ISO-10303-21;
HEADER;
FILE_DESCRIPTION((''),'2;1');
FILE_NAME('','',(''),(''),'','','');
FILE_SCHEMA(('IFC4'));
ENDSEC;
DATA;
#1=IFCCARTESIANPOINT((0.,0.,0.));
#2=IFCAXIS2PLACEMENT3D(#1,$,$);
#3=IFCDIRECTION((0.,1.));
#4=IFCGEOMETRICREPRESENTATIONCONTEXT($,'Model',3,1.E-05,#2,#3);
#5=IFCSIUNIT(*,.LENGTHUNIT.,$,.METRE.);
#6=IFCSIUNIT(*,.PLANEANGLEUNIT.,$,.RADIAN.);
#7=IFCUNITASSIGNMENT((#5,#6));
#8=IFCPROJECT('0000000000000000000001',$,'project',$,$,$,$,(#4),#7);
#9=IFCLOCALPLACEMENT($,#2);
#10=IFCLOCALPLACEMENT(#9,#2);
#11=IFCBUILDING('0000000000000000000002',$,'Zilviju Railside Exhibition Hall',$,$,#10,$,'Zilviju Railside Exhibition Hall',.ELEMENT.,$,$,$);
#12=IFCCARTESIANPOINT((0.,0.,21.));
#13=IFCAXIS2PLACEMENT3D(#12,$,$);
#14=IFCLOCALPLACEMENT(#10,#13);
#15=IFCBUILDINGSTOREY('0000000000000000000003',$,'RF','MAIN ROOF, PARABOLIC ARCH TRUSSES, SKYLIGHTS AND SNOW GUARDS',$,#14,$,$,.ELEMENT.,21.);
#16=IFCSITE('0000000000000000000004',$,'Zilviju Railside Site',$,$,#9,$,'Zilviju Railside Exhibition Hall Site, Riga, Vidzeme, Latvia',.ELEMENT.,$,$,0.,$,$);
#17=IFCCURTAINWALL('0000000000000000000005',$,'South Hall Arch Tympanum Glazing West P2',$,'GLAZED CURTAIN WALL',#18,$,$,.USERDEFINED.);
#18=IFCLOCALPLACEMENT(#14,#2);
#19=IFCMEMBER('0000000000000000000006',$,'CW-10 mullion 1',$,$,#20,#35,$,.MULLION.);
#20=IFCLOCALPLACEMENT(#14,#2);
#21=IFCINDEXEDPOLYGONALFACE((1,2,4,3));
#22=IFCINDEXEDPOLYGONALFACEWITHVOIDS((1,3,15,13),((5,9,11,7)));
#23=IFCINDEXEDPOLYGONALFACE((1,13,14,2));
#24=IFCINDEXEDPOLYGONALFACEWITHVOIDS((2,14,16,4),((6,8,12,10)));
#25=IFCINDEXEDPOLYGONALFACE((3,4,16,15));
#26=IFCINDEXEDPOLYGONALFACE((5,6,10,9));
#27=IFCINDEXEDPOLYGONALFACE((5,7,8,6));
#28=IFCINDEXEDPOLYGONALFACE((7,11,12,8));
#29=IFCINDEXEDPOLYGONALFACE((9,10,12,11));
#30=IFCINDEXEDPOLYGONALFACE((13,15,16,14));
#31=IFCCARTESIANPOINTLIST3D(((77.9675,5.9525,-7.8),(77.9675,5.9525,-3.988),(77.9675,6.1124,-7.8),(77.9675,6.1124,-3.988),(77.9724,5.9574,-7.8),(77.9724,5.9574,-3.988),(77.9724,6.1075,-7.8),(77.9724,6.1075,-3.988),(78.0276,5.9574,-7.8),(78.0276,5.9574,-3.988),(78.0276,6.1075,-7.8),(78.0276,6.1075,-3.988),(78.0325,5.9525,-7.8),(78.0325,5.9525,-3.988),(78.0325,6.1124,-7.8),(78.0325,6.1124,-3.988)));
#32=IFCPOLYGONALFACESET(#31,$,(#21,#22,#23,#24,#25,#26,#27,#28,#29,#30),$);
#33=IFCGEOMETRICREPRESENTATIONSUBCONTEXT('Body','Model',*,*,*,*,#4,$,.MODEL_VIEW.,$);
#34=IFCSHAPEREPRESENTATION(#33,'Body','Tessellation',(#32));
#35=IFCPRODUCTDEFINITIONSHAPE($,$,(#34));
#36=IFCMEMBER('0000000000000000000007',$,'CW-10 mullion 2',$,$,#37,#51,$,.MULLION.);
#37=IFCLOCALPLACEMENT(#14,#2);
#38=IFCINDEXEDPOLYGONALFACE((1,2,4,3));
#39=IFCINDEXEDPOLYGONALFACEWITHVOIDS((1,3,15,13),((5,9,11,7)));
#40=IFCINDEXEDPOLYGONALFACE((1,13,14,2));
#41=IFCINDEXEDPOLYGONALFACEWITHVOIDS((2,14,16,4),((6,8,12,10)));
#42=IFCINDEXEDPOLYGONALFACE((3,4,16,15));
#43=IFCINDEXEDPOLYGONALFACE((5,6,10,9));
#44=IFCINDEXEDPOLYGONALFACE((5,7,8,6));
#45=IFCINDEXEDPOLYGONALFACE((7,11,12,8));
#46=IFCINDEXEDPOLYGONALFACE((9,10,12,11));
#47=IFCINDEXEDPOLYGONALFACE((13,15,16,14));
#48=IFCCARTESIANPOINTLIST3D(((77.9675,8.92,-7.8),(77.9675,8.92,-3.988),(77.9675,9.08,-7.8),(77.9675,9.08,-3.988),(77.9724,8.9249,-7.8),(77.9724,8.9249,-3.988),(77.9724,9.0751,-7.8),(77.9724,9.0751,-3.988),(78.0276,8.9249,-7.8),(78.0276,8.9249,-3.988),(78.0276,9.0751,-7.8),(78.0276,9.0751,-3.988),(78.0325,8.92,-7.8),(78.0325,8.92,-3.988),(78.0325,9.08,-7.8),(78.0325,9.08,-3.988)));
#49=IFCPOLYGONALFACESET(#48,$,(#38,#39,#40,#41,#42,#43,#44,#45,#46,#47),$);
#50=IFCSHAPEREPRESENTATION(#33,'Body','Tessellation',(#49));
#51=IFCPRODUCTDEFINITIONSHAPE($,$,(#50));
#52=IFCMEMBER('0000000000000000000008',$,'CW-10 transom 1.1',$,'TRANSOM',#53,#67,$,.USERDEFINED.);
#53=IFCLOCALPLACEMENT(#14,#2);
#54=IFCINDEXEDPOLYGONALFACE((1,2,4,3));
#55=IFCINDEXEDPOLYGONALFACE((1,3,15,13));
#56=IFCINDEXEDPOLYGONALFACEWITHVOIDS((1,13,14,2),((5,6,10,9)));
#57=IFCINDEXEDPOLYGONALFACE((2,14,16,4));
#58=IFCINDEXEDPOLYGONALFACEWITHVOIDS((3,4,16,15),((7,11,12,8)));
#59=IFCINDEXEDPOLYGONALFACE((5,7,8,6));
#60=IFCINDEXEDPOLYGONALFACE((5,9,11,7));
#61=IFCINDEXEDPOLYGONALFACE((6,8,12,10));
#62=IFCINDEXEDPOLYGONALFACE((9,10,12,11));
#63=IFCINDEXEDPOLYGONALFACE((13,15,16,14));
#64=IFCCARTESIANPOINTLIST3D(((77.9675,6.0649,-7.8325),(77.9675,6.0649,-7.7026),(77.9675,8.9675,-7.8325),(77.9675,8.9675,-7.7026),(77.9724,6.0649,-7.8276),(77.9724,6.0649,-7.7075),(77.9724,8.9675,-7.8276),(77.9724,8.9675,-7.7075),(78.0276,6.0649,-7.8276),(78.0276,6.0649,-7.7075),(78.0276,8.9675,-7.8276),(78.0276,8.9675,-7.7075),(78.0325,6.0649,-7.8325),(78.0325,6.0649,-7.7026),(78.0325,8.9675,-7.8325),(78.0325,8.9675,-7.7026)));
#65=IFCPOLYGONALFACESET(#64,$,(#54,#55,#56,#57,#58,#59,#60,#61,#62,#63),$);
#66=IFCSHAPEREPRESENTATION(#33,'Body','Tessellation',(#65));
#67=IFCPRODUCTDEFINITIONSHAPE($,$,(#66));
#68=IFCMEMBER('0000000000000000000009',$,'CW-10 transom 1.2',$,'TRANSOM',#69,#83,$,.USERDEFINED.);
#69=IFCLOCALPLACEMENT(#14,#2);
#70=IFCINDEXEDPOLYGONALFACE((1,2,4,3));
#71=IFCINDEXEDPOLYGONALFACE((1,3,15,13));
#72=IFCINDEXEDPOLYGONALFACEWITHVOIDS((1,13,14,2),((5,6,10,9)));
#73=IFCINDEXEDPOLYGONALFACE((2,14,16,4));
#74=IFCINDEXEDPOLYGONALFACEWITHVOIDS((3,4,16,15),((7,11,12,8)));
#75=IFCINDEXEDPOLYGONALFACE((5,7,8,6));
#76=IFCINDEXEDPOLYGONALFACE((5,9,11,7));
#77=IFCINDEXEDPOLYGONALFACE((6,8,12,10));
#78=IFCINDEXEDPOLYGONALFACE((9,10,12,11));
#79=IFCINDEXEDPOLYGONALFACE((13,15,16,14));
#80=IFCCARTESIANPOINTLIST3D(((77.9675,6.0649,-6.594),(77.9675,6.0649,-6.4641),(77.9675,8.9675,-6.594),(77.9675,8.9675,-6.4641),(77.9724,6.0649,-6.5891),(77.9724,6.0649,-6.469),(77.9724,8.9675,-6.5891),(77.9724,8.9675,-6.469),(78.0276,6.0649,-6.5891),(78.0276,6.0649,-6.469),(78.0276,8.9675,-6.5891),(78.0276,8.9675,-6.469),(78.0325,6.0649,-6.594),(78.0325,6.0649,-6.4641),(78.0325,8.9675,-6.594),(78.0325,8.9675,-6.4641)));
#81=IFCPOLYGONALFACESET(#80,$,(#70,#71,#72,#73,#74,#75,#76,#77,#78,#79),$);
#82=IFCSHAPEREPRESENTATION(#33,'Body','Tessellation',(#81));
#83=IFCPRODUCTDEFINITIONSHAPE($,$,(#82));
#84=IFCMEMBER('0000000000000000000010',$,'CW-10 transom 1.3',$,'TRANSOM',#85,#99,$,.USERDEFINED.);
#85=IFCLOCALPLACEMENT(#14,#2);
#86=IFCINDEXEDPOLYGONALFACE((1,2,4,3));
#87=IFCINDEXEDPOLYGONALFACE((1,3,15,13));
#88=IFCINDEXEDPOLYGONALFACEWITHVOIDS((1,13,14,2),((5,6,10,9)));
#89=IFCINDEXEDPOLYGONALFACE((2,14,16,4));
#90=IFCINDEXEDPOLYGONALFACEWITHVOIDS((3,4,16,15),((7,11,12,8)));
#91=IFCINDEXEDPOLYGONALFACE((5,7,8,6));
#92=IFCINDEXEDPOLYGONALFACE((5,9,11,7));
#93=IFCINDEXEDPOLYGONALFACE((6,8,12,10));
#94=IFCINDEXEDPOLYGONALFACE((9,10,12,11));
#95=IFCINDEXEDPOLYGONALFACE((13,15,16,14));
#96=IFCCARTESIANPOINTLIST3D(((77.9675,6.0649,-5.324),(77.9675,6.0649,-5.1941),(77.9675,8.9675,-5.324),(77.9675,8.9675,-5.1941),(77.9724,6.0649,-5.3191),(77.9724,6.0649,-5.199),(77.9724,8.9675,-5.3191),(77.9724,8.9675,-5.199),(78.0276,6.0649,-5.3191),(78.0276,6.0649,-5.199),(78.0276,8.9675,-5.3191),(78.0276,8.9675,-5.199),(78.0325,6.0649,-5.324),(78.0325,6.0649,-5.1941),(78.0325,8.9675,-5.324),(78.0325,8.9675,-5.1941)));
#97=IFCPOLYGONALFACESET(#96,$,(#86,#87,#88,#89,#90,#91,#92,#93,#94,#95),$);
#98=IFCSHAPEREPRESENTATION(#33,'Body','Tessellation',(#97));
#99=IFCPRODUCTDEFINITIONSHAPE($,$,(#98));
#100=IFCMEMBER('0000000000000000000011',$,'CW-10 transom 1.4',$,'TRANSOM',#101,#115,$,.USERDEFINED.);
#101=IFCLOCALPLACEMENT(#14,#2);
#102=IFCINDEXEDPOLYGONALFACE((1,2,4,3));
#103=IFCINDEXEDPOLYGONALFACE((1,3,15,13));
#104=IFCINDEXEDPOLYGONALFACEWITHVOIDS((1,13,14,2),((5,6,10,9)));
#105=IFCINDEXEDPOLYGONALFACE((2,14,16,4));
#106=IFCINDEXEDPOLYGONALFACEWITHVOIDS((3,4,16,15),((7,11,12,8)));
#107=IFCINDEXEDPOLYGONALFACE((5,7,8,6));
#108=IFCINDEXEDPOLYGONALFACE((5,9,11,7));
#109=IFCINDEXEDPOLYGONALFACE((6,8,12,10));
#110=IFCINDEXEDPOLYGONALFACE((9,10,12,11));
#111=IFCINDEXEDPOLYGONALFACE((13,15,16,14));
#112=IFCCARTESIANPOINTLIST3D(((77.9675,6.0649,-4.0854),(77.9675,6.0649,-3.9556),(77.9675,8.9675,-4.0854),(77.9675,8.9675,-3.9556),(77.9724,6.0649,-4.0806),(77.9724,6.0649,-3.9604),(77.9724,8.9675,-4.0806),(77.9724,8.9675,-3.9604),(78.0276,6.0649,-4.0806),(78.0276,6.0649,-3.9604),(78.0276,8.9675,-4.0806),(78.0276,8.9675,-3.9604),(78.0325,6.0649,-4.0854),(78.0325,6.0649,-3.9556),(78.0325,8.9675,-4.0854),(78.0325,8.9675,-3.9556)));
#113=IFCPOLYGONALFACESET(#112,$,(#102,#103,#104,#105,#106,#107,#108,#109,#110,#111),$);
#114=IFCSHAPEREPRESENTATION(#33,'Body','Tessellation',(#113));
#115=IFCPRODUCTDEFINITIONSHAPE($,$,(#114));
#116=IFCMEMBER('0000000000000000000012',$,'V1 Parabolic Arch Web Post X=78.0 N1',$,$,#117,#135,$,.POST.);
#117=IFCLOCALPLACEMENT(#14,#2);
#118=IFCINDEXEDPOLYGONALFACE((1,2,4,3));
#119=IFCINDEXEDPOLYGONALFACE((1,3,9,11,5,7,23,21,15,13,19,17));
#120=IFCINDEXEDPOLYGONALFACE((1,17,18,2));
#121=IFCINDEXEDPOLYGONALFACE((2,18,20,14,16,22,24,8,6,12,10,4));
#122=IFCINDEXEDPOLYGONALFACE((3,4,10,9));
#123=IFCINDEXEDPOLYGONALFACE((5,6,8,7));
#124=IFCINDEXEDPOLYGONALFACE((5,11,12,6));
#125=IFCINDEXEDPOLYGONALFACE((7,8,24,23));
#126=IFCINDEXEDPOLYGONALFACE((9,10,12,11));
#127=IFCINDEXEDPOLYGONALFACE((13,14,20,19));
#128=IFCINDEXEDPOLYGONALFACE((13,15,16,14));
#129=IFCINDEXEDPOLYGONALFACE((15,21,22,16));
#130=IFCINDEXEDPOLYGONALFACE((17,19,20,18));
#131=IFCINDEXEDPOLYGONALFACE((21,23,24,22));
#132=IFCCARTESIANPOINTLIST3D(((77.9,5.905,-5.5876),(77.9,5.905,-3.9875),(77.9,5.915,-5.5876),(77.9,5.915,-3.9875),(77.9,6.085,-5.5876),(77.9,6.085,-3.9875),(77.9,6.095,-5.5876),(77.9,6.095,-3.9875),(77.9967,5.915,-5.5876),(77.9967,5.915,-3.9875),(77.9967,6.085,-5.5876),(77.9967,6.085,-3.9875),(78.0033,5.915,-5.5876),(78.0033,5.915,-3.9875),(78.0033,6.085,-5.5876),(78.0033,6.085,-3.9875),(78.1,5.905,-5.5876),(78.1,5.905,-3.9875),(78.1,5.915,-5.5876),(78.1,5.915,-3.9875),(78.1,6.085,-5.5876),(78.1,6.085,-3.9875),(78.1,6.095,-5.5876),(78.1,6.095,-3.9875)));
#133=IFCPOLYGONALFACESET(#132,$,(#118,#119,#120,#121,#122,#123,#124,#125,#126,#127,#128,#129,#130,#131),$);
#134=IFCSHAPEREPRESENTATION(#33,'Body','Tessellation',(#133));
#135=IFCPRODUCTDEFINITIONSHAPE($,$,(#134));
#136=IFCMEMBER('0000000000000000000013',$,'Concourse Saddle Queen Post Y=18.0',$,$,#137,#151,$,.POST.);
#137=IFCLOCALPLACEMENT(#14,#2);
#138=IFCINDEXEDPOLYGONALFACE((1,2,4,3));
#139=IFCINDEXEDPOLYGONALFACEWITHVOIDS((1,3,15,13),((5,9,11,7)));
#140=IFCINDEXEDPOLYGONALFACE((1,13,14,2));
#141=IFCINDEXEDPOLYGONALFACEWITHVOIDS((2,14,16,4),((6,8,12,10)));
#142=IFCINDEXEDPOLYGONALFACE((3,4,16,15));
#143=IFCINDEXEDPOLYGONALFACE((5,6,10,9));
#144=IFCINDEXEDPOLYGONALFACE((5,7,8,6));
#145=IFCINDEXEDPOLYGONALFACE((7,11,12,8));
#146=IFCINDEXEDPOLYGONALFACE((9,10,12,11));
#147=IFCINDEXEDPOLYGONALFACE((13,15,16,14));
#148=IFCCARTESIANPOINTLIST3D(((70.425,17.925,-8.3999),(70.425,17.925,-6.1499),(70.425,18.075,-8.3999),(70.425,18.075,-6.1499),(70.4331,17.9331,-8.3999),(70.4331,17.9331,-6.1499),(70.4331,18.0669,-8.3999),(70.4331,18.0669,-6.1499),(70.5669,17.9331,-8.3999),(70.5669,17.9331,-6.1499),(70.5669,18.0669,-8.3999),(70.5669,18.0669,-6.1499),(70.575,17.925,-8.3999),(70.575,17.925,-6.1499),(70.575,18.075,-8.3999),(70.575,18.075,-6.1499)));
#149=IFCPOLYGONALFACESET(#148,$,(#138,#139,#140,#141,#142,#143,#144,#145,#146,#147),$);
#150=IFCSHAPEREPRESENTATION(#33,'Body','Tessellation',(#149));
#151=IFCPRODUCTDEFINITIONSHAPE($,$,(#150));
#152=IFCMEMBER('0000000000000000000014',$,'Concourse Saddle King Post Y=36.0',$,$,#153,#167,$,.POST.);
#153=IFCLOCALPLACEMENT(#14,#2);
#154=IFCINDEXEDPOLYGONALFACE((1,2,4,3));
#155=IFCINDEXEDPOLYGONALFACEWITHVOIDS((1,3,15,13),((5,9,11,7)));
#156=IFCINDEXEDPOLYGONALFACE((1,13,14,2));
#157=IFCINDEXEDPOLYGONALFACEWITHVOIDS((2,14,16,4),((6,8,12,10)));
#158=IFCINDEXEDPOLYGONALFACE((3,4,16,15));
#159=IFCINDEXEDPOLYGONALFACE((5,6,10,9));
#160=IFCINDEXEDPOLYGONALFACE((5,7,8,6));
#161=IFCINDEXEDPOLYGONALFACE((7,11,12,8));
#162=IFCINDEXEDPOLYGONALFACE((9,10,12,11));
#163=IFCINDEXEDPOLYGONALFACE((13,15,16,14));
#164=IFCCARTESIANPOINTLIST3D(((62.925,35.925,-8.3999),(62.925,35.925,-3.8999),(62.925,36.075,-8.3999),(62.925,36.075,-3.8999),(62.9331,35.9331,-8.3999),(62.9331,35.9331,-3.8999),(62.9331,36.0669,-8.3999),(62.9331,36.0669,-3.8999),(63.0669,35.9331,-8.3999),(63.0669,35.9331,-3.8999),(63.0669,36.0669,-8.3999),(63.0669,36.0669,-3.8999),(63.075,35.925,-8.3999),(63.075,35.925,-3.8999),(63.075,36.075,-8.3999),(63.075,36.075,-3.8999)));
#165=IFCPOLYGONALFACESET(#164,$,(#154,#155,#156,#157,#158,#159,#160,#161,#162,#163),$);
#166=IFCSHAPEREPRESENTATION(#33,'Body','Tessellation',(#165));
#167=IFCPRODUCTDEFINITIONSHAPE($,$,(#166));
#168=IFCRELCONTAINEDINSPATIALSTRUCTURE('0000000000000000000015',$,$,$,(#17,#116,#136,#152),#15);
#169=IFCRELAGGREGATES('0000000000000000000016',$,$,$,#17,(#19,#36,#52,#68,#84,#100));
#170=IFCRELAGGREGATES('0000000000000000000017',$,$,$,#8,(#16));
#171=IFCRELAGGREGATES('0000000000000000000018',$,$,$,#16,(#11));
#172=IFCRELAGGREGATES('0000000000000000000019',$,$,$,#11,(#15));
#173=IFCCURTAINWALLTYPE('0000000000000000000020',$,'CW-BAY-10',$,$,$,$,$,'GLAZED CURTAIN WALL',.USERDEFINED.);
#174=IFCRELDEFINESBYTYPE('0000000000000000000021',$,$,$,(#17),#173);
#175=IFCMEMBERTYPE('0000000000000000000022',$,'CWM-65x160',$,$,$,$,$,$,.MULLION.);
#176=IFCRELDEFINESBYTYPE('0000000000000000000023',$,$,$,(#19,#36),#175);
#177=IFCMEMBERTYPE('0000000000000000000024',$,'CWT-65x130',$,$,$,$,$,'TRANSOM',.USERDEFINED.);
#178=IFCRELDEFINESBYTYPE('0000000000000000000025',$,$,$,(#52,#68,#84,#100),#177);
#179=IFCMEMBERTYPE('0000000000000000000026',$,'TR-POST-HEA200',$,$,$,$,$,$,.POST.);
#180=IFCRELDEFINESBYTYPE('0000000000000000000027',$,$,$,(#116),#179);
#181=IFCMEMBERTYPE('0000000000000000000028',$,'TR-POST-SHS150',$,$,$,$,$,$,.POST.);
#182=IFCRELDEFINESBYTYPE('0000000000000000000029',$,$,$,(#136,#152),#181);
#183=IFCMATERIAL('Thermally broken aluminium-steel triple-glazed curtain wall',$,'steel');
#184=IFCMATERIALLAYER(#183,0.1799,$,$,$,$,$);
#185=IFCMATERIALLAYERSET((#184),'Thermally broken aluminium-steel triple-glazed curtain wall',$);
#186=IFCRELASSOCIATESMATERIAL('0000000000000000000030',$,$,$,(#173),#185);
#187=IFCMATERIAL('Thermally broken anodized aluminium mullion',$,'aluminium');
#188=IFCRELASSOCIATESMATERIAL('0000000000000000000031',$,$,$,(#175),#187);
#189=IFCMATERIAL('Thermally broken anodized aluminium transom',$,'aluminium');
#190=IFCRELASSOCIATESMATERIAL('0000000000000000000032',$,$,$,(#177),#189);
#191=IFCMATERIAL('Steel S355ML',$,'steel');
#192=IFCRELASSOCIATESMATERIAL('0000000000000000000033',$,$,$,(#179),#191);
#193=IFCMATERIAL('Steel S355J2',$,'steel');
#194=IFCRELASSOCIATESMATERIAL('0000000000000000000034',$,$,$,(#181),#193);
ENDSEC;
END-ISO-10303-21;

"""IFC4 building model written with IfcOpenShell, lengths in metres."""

from ifc_helpers import new_model, si_unit, direction, frame, origin, origin_2d, place, context, subcontext, project, spatial, hollow_rectangle, i_section, extrude, material, layer, layer_set, material_profile, profile_set, type_object, element, aggregate, save


model = new_model("IFC4")

# Units and contexts
model_context = context("Model", 3, precision=1e-05, world=origin(), true_north=direction((0.0, 1.0)))
body_context = subcontext(model_context, "Body", "Model", "MODEL_VIEW")
ifc_project = project(units=[si_unit("LENGTHUNIT", "METRE"), si_unit("PLANEANGLEUNIT", "RADIAN")], contexts=[model_context])

# Site, building, storey
site_placement = place(None, origin())
site = spatial("IfcSite", under=ifc_project, at=site_placement, Name="Zilviju Railside Site", LongName="Zilviju Railside Exhibition Hall Site, Riga, Vidzeme, Latvia", CompositionType="ELEMENT", RefElevation=0.0)
building_placement = place(site_placement, origin())
building = spatial("IfcBuilding", under=site, at=building_placement, Name="Zilviju Railside Exhibition Hall", LongName="Zilviju Railside Exhibition Hall", CompositionType="ELEMENT")
storey_placement = place(building_placement, frame((0.0, 0.0, 21.0)))
storey = spatial("IfcBuildingStorey", under=building, at=storey_placement, Name="RF", Description="MAIN ROOF, PARABOLIC ARCH TRUSSES, SKYLIGHTS AND SNOW GUARDS", CompositionType="ELEMENT", Elevation=21.0)

# Curtain wall, members
ifc_material_1 = material(Name="Thermally broken aluminium-steel triple-glazed curtain wall", Category="steel")
ifc_layer_1 = layer(ifc_material_1, 0.1799)
ifc_layer_set_1 = layer_set([ifc_layer_1], Name="Thermally broken aluminium-steel triple-glazed curtain wall")
curtain_wall_type = type_object("IfcCurtainWallType", Name="CW-BAY-10", ElementType="GLAZED CURTAIN WALL", PredefinedType="USERDEFINED", material=ifc_layer_set_1)
curtain_wall_placement = place(storey_placement, origin())
curtain_wall = element("IfcCurtainWall", 1, at=curtain_wall_placement, inside=storey, type_object=curtain_wall_type, Name="South Hall Arch Tympanum Glazing West P2", ObjectType="GLAZED CURTAIN WALL", PredefinedType="USERDEFINED")
ifc_material_2 = material(Name="Thermally broken anodized aluminium mullion", Category="aluminium")
ifc_material_profile_1 = material_profile(ifc_material_2, hollow_rectangle(XDim=0.0649, YDim=0.1599, WallThickness=0.0049, at=origin_2d()), Name="MULLION 160x65x5")
ifc_profile_set_1 = profile_set([ifc_material_profile_1], Name="Thermally broken anodized aluminium mullion")
member_type_1 = type_object("IfcMemberType", Name="CWM-65x160", PredefinedType="MULLION", material=ifc_profile_set_1)
member_1_placement = place(storey_placement, frame((78.0, 6.0325, -7.8), z_axis=(0.0, 0.0, 1.0), x_axis=(-1.0, 0.0, 0.0)))
member_1 = element("IfcMember", 2, at=member_1_placement, type_object=member_type_1, Name="CW-10 mullion 1", PredefinedType="MULLION", context=body_context, shape_type="SweptSolid", body=[
    extrude(hollow_rectangle(XDim=0.0649, YDim=0.1599, WallThickness=0.0049, at=origin_2d()), origin(), (0.0, 0.0, 1.0), 3.812),
])
member_2_placement = place(storey_placement, frame((78.0, 9.0, -7.8), z_axis=(0.0, 0.0, 1.0), x_axis=(-1.0, 0.0, 0.0)))
member_2 = element("IfcMember", 3, at=member_2_placement, type_object=member_type_1, Name="CW-10 mullion 2", PredefinedType="MULLION", context=body_context, shape_type="SweptSolid", body=[
    extrude(hollow_rectangle(XDim=0.0649, YDim=0.1599, WallThickness=0.0049, at=origin_2d()), origin(), (0.0, 0.0, 1.0), 3.812),
])
ifc_material_3 = material(Name="Thermally broken anodized aluminium transom", Category="aluminium")
ifc_material_profile_2 = material_profile(ifc_material_3, hollow_rectangle(XDim=0.0649, YDim=0.1299, WallThickness=0.0049, at=origin_2d()), Name="TRANSOM 130x65x5")
ifc_profile_set_2 = profile_set([ifc_material_profile_2], Name="Thermally broken anodized aluminium transom")
member_type_2 = type_object("IfcMemberType", Name="CWT-65x130", ElementType="TRANSOM", PredefinedType="USERDEFINED", material=ifc_profile_set_2)
member_3_placement = place(storey_placement, frame((78.0, 6.0649, -7.7676), z_axis=(0.0, 1.0, 0.0), x_axis=(-1.0, 0.0, 0.0)))
member_3 = element("IfcMember", 4, at=member_3_placement, type_object=member_type_2, Name="CW-10 transom 1.1", ObjectType="TRANSOM", PredefinedType="USERDEFINED", context=body_context, shape_type="SweptSolid", body=[
    extrude(hollow_rectangle(XDim=0.0649, YDim=0.1299, WallThickness=0.0049, at=origin_2d()), origin(), (0.0, 0.0, 1.0), 2.9026),
])
member_4_placement = place(storey_placement, frame((78.0, 6.0649, -6.5291), z_axis=(0.0, 1.0, 0.0), x_axis=(-1.0, 0.0, 0.0)))
member_4 = element("IfcMember", 5, at=member_4_placement, type_object=member_type_2, Name="CW-10 transom 1.2", ObjectType="TRANSOM", PredefinedType="USERDEFINED", context=body_context, shape_type="SweptSolid", body=[
    extrude(hollow_rectangle(XDim=0.0649, YDim=0.1299, WallThickness=0.0049, at=origin_2d()), origin(), (0.0, 0.0, 1.0), 2.9026),
])
member_5_placement = place(storey_placement, frame((78.0, 6.0649, -5.259), z_axis=(0.0, 1.0, 0.0), x_axis=(-1.0, 0.0, 0.0)))
member_5 = element("IfcMember", 6, at=member_5_placement, type_object=member_type_2, Name="CW-10 transom 1.3", ObjectType="TRANSOM", PredefinedType="USERDEFINED", context=body_context, shape_type="SweptSolid", body=[
    extrude(hollow_rectangle(XDim=0.0649, YDim=0.1299, WallThickness=0.0049, at=origin_2d()), origin(), (0.0, 0.0, 1.0), 2.9026),
])
member_6_placement = place(storey_placement, frame((78.0, 6.0649, -4.0205), z_axis=(0.0, 1.0, 0.0), x_axis=(-1.0, 0.0, 0.0)))
member_6 = element("IfcMember", 7, at=member_6_placement, type_object=member_type_2, Name="CW-10 transom 1.4", ObjectType="TRANSOM", PredefinedType="USERDEFINED", context=body_context, shape_type="SweptSolid", body=[
    extrude(hollow_rectangle(XDim=0.0649, YDim=0.1299, WallThickness=0.0049, at=origin_2d()), origin(), (0.0, 0.0, 1.0), 2.9026),
])

# Members
ifc_material_4 = material(Name="Steel S355ML", Category="steel")
ifc_material_profile_3 = material_profile(ifc_material_4, i_section(OverallWidth=0.2, OverallDepth=0.1899, WebThickness=0.0066, FlangeThickness=0.01, at=origin_2d()), Name="HEA 200")
ifc_profile_set_3 = profile_set([ifc_material_profile_3], Name="Steel S355ML")
member_type_3 = type_object("IfcMemberType", Name="TR-POST-HEA200", PredefinedType="POST", material=ifc_profile_set_3)
member_7_placement = place(storey_placement, frame((78.0, 6.0, -5.5876), z_axis=(0.0, 0.0, 1.0), x_axis=(1.0, 0.0, 0.0)))
element("IfcMember", 8, at=member_7_placement, inside=storey, type_object=member_type_3, Name="V1 Parabolic Arch Web Post X=78.0 N1", PredefinedType="POST", context=body_context, shape_type="SweptSolid", body=[
    extrude(i_section(OverallWidth=0.2, OverallDepth=0.1899, WebThickness=0.0066, FlangeThickness=0.01, at=origin_2d()), origin(), (0.0, 0.0, 1.0), 1.6001),
])
ifc_material_5 = material(Name="Steel S355J2", Category="steel")
ifc_material_profile_4 = material_profile(ifc_material_5, hollow_rectangle(XDim=0.1499, YDim=0.1499, WallThickness=0.0081, at=origin_2d()), Name="SHS 150x150x8.0")
ifc_profile_set_4 = profile_set([ifc_material_profile_4], Name="Steel S355J2")
member_type_4 = type_object("IfcMemberType", Name="TR-POST-SHS150", PredefinedType="POST", material=ifc_profile_set_4)
member_8_placement = place(storey_placement, frame((70.5, 18.0, -8.3999), z_axis=(0.0, 0.0, 1.0), x_axis=(1.0, 0.0, 0.0)))
element("IfcMember", 9, at=member_8_placement, inside=storey, type_object=member_type_4, Name="Concourse Saddle Queen Post Y=18.0", PredefinedType="POST", context=body_context, shape_type="SweptSolid", body=[
    extrude(hollow_rectangle(XDim=0.1499, YDim=0.1499, WallThickness=0.0081, at=origin_2d()), origin(), (0.0, 0.0, 1.0), 2.25),
])
member_9_placement = place(storey_placement, frame((63.0, 36.0, -8.3999), z_axis=(0.0, 0.0, 1.0), x_axis=(1.0, 0.0, 0.0)))
element("IfcMember", 10, at=member_9_placement, inside=storey, type_object=member_type_4, Name="Concourse Saddle King Post Y=36.0", PredefinedType="POST", context=body_context, shape_type="SweptSolid", body=[
    extrude(hollow_rectangle(XDim=0.1499, YDim=0.1499, WallThickness=0.0081, at=origin_2d()), origin(), (0.0, 0.0, 1.0), 4.5),
])

aggregate(curtain_wall, [member_1, member_2, member_3, member_4, member_5, member_6])

save(model, "model.ifc")
